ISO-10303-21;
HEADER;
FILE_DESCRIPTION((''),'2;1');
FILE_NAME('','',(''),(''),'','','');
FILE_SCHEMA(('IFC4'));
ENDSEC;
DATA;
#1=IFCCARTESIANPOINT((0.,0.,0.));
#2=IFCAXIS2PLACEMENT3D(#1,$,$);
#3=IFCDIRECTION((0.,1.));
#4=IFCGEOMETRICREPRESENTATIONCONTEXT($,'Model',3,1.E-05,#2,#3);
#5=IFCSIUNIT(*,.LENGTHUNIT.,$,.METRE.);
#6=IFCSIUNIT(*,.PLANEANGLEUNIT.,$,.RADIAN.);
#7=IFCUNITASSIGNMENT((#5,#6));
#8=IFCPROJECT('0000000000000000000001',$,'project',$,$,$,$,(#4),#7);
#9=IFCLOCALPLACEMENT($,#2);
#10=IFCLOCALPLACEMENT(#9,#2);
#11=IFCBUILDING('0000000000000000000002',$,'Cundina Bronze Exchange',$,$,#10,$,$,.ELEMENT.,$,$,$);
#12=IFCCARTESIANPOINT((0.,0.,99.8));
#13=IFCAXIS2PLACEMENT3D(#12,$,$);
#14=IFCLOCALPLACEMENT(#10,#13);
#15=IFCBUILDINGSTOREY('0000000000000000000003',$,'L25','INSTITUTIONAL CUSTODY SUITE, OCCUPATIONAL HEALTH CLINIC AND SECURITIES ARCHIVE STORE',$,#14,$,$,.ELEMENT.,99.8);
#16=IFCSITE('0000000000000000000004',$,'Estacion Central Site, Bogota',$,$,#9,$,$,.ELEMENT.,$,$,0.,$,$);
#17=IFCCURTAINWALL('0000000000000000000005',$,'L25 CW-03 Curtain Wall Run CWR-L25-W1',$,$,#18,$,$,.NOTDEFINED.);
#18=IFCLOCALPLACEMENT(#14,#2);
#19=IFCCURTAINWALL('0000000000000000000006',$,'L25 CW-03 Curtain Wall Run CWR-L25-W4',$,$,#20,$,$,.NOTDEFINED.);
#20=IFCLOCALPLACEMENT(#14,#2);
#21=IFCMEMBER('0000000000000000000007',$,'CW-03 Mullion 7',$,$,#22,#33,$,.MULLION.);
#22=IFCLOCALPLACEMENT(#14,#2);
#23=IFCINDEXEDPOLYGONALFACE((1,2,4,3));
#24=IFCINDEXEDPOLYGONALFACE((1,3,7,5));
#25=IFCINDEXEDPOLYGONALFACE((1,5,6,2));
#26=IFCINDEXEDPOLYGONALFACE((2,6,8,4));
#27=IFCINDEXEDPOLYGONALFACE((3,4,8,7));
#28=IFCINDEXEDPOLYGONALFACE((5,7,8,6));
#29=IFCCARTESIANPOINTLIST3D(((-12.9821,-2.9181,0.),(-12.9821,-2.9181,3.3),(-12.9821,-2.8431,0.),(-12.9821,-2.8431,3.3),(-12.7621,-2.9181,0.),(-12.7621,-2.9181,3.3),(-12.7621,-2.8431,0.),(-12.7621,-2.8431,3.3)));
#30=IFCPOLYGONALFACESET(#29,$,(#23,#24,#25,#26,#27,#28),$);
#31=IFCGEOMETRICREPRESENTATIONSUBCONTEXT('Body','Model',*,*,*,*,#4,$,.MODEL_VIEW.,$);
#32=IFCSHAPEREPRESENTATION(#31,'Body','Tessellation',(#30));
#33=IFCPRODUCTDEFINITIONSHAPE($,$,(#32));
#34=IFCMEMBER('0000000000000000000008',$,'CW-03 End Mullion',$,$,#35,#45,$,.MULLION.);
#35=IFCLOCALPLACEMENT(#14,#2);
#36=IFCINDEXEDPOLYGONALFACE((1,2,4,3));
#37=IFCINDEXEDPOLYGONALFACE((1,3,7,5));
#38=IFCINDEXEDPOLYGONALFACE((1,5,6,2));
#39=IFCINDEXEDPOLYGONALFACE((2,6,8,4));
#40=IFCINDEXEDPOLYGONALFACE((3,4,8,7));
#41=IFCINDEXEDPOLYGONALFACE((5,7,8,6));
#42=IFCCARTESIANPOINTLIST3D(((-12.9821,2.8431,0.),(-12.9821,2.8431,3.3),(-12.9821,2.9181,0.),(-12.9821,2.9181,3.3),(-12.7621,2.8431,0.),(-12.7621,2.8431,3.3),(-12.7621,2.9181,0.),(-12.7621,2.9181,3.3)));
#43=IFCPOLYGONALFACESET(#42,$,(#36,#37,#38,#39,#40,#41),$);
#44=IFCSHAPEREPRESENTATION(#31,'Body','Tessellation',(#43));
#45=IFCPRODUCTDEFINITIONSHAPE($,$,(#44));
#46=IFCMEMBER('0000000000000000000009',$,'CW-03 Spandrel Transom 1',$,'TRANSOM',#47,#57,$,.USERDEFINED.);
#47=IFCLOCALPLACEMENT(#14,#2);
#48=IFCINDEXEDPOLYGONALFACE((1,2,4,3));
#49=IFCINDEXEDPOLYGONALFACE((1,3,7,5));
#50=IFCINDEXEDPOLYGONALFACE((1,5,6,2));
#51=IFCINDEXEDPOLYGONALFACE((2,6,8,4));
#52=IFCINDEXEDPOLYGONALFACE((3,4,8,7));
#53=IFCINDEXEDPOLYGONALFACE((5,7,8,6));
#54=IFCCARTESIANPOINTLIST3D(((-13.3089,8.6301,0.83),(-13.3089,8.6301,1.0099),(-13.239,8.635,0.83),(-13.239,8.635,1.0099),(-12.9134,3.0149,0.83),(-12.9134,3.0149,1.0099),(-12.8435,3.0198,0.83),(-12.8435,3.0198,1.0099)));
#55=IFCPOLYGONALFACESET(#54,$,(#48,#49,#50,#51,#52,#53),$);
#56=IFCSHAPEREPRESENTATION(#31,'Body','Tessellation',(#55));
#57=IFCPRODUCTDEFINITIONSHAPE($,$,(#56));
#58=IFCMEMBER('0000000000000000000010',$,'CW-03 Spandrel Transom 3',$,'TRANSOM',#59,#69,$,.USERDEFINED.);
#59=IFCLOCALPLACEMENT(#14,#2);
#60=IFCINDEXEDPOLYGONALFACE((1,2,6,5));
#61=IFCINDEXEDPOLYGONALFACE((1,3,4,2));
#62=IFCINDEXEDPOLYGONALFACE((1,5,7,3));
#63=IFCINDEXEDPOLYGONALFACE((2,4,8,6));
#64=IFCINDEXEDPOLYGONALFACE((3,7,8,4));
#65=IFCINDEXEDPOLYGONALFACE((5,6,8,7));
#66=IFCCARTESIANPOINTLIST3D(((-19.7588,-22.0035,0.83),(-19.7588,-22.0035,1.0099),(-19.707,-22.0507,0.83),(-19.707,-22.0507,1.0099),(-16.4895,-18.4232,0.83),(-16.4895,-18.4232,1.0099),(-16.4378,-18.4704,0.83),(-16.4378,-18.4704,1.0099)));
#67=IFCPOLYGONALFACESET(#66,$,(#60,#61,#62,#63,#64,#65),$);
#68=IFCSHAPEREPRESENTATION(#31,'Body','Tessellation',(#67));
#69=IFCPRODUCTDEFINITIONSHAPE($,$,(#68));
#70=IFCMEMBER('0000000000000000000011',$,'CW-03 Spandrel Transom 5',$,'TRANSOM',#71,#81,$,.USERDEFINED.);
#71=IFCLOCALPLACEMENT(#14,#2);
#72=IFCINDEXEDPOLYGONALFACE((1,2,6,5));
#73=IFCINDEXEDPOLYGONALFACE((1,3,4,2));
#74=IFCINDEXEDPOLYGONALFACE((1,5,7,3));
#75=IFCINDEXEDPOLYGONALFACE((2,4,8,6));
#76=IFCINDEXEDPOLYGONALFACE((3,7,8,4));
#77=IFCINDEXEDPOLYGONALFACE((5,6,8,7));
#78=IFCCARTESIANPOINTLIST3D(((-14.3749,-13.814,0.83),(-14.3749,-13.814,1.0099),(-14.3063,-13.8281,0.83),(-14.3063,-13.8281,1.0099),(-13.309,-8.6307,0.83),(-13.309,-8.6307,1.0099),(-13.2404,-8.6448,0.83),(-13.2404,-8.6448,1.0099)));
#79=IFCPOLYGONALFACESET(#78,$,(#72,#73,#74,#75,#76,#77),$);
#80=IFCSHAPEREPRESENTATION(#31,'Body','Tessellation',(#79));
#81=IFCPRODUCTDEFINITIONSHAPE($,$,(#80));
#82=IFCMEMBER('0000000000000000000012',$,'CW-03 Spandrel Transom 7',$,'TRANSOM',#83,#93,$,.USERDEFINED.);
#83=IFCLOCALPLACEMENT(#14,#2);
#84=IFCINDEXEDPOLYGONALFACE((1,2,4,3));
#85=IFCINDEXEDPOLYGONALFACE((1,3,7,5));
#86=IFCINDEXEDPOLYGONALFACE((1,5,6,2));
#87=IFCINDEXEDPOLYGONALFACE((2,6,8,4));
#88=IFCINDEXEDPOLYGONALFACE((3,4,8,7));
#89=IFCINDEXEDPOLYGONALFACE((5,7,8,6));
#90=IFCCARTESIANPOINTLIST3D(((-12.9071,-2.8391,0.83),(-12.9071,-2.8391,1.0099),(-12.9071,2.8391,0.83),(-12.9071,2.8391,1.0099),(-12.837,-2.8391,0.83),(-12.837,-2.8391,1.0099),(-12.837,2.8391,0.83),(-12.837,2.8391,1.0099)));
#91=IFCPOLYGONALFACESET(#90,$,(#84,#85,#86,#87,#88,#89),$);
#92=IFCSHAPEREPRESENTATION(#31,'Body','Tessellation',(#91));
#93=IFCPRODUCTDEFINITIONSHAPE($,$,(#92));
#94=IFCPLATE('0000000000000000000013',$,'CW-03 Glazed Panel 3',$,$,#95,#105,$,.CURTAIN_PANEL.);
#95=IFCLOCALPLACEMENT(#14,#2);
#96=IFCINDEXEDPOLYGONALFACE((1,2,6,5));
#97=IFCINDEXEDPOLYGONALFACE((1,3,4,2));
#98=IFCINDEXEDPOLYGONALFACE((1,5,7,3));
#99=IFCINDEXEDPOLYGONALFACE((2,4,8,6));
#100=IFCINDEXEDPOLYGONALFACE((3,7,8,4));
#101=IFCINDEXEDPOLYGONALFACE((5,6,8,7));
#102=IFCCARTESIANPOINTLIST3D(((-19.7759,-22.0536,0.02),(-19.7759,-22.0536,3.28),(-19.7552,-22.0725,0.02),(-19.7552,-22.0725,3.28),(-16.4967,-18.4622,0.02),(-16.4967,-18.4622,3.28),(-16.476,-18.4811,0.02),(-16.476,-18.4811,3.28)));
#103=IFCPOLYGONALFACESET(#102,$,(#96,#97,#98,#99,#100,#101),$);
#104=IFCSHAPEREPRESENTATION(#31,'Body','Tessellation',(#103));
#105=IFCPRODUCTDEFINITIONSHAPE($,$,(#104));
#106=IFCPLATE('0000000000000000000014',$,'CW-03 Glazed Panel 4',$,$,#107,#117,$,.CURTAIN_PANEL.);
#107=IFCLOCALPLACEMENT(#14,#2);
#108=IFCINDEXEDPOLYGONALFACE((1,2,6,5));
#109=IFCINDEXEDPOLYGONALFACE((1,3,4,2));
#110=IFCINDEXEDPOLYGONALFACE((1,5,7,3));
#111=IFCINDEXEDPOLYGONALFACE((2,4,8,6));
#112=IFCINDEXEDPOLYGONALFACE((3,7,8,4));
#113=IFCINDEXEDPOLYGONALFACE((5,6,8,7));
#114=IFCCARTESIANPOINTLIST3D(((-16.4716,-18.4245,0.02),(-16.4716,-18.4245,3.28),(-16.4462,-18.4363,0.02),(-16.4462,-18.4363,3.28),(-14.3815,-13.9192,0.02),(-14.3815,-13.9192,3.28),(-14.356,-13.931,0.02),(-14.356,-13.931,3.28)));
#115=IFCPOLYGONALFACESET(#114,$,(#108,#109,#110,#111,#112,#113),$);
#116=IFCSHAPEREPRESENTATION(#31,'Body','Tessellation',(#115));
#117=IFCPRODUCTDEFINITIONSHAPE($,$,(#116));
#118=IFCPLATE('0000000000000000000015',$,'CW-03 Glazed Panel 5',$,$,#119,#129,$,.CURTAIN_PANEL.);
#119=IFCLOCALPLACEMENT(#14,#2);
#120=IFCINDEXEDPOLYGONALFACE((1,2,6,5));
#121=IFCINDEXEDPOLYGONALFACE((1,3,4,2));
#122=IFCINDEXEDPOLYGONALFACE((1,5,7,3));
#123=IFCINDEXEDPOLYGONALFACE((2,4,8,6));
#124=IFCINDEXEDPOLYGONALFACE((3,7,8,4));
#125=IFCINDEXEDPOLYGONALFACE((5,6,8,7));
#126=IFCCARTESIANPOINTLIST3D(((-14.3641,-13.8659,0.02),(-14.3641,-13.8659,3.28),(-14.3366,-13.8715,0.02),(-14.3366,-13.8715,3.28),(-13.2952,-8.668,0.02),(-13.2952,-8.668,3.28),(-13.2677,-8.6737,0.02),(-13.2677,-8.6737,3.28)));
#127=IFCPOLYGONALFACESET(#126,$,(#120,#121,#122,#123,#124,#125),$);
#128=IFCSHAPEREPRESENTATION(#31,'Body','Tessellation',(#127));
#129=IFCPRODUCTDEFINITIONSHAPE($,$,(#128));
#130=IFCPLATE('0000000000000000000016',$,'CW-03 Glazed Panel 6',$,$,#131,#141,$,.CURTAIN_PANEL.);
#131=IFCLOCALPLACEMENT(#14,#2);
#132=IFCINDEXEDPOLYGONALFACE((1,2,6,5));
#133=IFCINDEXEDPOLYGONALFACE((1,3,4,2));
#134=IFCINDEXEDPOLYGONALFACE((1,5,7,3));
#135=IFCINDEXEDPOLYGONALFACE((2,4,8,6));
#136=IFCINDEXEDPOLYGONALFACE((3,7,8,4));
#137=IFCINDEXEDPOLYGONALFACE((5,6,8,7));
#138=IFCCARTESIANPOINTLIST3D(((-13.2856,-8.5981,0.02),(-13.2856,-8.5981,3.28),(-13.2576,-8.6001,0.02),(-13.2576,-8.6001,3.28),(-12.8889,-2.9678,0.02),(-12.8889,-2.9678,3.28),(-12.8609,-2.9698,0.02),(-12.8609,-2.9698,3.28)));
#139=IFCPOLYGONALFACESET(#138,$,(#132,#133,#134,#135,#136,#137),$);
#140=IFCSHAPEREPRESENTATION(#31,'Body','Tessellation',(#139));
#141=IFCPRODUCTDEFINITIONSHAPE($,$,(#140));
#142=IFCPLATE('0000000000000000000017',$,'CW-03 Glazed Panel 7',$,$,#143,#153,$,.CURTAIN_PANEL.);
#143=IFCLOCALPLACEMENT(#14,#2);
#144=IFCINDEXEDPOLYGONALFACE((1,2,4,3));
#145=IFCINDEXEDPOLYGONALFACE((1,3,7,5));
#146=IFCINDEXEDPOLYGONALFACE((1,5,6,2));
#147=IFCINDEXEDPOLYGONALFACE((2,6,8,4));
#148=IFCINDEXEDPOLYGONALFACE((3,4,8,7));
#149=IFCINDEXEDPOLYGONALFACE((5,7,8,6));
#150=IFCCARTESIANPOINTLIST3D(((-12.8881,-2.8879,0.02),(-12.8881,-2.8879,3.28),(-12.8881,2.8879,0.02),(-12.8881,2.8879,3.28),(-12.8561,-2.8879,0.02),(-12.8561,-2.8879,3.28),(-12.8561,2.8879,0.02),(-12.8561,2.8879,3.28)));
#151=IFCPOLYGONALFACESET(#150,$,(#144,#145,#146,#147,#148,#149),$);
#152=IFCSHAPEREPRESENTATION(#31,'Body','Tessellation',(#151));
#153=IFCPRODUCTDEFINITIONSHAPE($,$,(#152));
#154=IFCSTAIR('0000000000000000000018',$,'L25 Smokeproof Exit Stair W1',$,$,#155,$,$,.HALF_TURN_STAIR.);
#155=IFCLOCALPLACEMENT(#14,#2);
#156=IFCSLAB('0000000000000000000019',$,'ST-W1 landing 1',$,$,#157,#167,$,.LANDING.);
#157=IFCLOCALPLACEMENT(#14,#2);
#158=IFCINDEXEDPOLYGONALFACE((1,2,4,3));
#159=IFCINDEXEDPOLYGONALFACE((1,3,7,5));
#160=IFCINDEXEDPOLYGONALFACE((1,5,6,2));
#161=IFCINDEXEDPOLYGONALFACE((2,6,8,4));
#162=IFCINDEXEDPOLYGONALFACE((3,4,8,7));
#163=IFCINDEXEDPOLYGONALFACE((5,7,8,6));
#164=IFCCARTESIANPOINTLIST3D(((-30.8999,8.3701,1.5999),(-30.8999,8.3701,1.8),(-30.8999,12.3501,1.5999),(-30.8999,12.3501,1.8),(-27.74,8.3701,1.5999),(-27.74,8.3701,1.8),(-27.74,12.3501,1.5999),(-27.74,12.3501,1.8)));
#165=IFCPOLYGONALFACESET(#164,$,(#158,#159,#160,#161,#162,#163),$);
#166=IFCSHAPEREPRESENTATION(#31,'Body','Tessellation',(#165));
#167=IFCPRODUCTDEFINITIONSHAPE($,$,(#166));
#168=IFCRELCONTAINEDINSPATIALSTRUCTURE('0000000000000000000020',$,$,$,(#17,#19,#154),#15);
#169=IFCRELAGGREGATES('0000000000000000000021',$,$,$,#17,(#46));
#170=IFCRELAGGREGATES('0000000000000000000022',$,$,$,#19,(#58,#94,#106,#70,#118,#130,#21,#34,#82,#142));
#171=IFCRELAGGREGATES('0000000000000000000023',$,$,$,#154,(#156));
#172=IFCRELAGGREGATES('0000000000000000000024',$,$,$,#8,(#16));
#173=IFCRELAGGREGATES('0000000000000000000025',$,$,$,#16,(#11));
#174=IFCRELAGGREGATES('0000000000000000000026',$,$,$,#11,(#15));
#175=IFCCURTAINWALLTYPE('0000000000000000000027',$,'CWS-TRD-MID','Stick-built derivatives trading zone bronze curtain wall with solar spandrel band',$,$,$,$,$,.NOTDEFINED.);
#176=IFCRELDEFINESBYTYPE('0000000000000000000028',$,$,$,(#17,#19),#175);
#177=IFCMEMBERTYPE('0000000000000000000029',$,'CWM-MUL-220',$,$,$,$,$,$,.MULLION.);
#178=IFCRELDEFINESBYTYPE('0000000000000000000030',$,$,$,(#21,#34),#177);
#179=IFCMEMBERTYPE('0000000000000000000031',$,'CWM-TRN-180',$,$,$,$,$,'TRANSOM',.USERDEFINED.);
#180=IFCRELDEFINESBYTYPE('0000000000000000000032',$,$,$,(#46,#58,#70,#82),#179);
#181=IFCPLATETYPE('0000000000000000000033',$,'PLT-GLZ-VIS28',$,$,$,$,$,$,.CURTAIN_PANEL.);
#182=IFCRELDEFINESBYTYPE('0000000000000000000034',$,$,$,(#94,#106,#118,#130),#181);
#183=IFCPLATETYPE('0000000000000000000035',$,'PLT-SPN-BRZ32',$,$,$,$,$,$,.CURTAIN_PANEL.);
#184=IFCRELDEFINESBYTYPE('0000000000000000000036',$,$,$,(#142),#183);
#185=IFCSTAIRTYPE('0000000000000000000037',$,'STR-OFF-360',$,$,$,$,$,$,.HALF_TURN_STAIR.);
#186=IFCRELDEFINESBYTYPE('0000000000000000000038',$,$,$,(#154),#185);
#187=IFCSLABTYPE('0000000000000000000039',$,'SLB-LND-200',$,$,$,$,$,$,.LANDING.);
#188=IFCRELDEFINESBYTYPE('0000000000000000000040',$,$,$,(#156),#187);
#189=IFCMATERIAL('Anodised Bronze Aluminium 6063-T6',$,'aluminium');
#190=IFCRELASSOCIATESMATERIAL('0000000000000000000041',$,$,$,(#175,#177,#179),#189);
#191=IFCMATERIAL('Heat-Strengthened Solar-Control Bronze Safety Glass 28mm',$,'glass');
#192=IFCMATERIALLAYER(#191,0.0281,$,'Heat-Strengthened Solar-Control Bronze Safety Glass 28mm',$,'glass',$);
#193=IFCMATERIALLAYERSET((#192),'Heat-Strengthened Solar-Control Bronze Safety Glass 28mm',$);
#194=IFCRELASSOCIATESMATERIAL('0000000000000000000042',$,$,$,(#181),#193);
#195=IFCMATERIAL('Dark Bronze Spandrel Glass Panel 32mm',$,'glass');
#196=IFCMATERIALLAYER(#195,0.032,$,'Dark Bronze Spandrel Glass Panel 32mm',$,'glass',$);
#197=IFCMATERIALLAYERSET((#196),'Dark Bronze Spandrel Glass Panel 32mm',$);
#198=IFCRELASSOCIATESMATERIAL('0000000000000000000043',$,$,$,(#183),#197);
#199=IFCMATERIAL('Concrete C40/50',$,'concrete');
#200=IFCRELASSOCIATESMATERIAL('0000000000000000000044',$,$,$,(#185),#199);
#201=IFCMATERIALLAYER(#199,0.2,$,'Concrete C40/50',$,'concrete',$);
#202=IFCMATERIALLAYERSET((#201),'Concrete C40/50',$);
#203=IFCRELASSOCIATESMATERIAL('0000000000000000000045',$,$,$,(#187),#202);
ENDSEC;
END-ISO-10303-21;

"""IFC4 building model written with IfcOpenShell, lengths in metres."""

from ifc_helpers import new_model, si_unit, direction, frame, origin, origin_2d, place, context, subcontext, project, spatial, polyline, rectangle, outline, extrude, material, layer, layer_set, material_profile, profile_set, type_object, element, aggregate, save


model = new_model("IFC4")

# Units and contexts
model_context = context("Model", 3, precision=1e-05, world=origin(), true_north=direction((0.0, 1.0)))
body_context = subcontext(model_context, "Body", "Model", "MODEL_VIEW")
ifc_project = project(units=[si_unit("LENGTHUNIT", "METRE"), si_unit("PLANEANGLEUNIT", "RADIAN")], contexts=[model_context])

# Site, building, storey
site_placement = place(None, origin())
site = spatial("IfcSite", under=ifc_project, at=site_placement, Name="Estacion Central Site, Bogota", CompositionType="ELEMENT", RefElevation=0.0)
building_placement = place(site_placement, origin())
building = spatial("IfcBuilding", under=site, at=building_placement, Name="Cundina Bronze Exchange", CompositionType="ELEMENT")
storey_placement = place(building_placement, frame((0.0, 0.0, 99.8)))
storey = spatial("IfcBuildingStorey", under=building, at=storey_placement, Name="L25", Description="INSTITUTIONAL CUSTODY SUITE, OCCUPATIONAL HEALTH CLINIC AND SECURITIES ARCHIVE STORE", CompositionType="ELEMENT", Elevation=99.8)

# Curtain wall
ifc_material_1 = material(Name="Anodised Bronze Aluminium 6063-T6", Category="aluminium")
curtain_wall_type = type_object("IfcCurtainWallType", Name="CWS-TRD-MID", Description="Stick-built derivatives trading zone bronze curtain wall with solar spandrel band", PredefinedType="NOTDEFINED", material=ifc_material_1)
curtain_wall_1_placement = place(storey_placement, origin())
curtain_wall_1 = element("IfcCurtainWall", 1, at=curtain_wall_1_placement, inside=storey, type_object=curtain_wall_type, Name="L25 CW-03 Curtain Wall Run CWR-L25-W1", PredefinedType="NOTDEFINED")
ifc_material_profile_1 = material_profile(ifc_material_1, rectangle(XDim=0.075, YDim=0.22, at=origin_2d()), Name="AL75X220", Category="aluminium")
ifc_profile_set_1 = profile_set([ifc_material_profile_1], Name="Anodised Bronze Aluminium 6063-T6")
member_type_1 = type_object("IfcMemberType", Name="CWM-MUL-220", PredefinedType="MULLION", material=ifc_profile_set_1)

# Curtain wall, members
curtain_wall_2_placement = place(storey_placement, origin())
curtain_wall_2 = element("IfcCurtainWall", 2, at=curtain_wall_2_placement, inside=storey, type_object=curtain_wall_type, Name="L25 CW-03 Curtain Wall Run CWR-L25-W4", PredefinedType="NOTDEFINED")
member_1_placement = place(storey_placement, frame((-12.8721, -2.8806, 0.0), z_axis=(0.0, 0.0, 1.0), x_axis=(0.0, 1.0, 0.0)))
member_1 = element("IfcMember", 3, at=member_1_placement, type_object=member_type_1, Name="CW-03 Mullion 7", PredefinedType="MULLION", context=body_context, shape_type="SweptSolid", body=[
    extrude(rectangle(XDim=0.075, YDim=0.22, at=origin_2d()), origin(), (0.0, 0.0, 1.0), 3.3),
])
member_2_placement = place(storey_placement, frame((-12.8721, 2.8806, 0.0), z_axis=(0.0, 0.0, 1.0), x_axis=(0.0, 1.0, 0.0)))
member_2 = element("IfcMember", 4, at=member_2_placement, type_object=member_type_1, Name="CW-03 End Mullion", PredefinedType="MULLION", context=body_context, shape_type="SweptSolid", body=[
    extrude(rectangle(XDim=0.075, YDim=0.22, at=origin_2d()), origin(), (0.0, 0.0, 1.0), 3.3),
])

# Members
ifc_material_profile_2 = material_profile(ifc_material_1, rectangle(XDim=0.0701, YDim=0.1799, at=origin_2d()), Name="AL70X180", Category="aluminium")
ifc_profile_set_2 = profile_set([ifc_material_profile_2], Name="Anodised Bronze Aluminium 6063-T6")
member_type_2 = type_object("IfcMemberType", Name="CWM-TRN-180", ElementType="TRANSOM", PredefinedType="USERDEFINED", material=ifc_profile_set_2)
member_3_placement = place(storey_placement, frame((-12.8784, 3.0173, 0.9199), z_axis=(-0.070261, 0.997529, 0.0), x_axis=(-0.997529, -0.070261, 0.0)))
member_3 = element("IfcMember", 5, at=member_3_placement, type_object=member_type_2, Name="CW-03 Spandrel Transom 1", ObjectType="TRANSOM", PredefinedType="USERDEFINED", context=body_context, shape_type="SweptSolid", body=[
    extrude(rectangle(XDim=0.0701, YDim=0.1799, at=origin_2d()), origin(), (0.0, 0.0, 1.0), 5.6292),
])
aggregate(curtain_wall_1, [member_3])
member_4_placement = place(storey_placement, frame((-19.7329, -22.0271, 0.9199), z_axis=(0.674303, 0.738455, 0.0), x_axis=(-0.738455, 0.674303, 0.0)))
member_4 = element("IfcMember", 6, at=member_4_placement, type_object=member_type_2, Name="CW-03 Spandrel Transom 3", ObjectType="TRANSOM", PredefinedType="USERDEFINED", context=body_context, shape_type="SweptSolid", body=[
    extrude(rectangle(XDim=0.0701, YDim=0.1799, at=origin_2d()), origin(), (0.0, 0.0, 1.0), 4.8484),
])
member_5_placement = place(storey_placement, frame((-14.3406, -13.821, 0.9199), z_axis=(0.201428, 0.979503, 0.0), x_axis=(-0.979503, 0.201428, 0.0)))
member_5 = element("IfcMember", 7, at=member_5_placement, type_object=member_type_2, Name="CW-03 Spandrel Transom 5", ObjectType="TRANSOM", PredefinedType="USERDEFINED", context=body_context, shape_type="SweptSolid", body=[
    extrude(rectangle(XDim=0.0701, YDim=0.1799, at=origin_2d()), origin(), (0.0, 0.0, 1.0), 5.2917),
])
member_6_placement = place(storey_placement, frame((-12.8721, -2.8391, 0.9199), z_axis=(0.0, 1.0, 0.0), x_axis=(-1.0, 0.0, 0.0)))
member_6 = element("IfcMember", 8, at=member_6_placement, type_object=member_type_2, Name="CW-03 Spandrel Transom 7", ObjectType="TRANSOM", PredefinedType="USERDEFINED", context=body_context, shape_type="SweptSolid", body=[
    extrude(rectangle(XDim=0.0701, YDim=0.1799, at=origin_2d()), origin(), (0.0, 0.0, 1.0), 5.6782),
])

# Plates
ifc_material_2 = material(Name="Heat-Strengthened Solar-Control Bronze Safety Glass 28mm", Category="glass")
ifc_layer_1 = layer(ifc_material_2, 0.0281, Name="Heat-Strengthened Solar-Control Bronze Safety Glass 28mm", Category="glass")
ifc_layer_set_1 = layer_set([ifc_layer_1], Name="Heat-Strengthened Solar-Control Bronze Safety Glass 28mm")
plate_type_1 = type_object("IfcPlateType", Name="PLT-GLZ-VIS28", PredefinedType="CURTAIN_PANEL", material=ifc_layer_set_1)
plate_1_placement = place(storey_placement, frame((-18.126, -20.2673, 0.02), z_axis=(0.0, 0.0, 1.0), x_axis=(0.674277, 0.738479, 0.0)))
plate_1 = element("IfcPlate", 9, at=plate_1_placement, type_object=plate_type_1, Name="CW-03 Glazed Panel 3", PredefinedType="CURTAIN_PANEL", context=body_context, shape_type="SweptSolid", body=[
    extrude(rectangle(XDim=4.8633, YDim=0.0281, at=origin_2d()), origin(), (0.0, 0.0, 1.0), 3.26),
])
plate_2_placement = place(storey_placement, frame((-15.4138, -16.1777, 0.02), z_axis=(0.0, 0.0, 1.0), x_axis=(0.420846, 0.907132, 0.0)))
plate_2 = element("IfcPlate", 10, at=plate_2_placement, type_object=plate_type_1, Name="CW-03 Glazed Panel 4", PredefinedType="CURTAIN_PANEL", context=body_context, shape_type="SweptSolid", body=[
    extrude(rectangle(XDim=4.9666, YDim=0.0281, at=origin_2d()), origin(), (0.0, 0.0, 1.0), 3.26),
])
plate_3_placement = place(storey_placement, frame((-13.8159, -11.2698, 0.02), z_axis=(0.0, 0.0, 1.0), x_axis=(0.20142, 0.979505, 0.0)))
plate_3 = element("IfcPlate", 11, at=plate_3_placement, type_object=plate_type_1, Name="CW-03 Glazed Panel 5", PredefinedType="CURTAIN_PANEL", context=body_context, shape_type="SweptSolid", body=[
    extrude(rectangle(XDim=5.3066, YDim=0.0281, at=origin_2d()), origin(), (0.0, 0.0, 1.0), 3.26),
])
plate_4_placement = place(storey_placement, frame((-13.0732, -5.7839, 0.02), z_axis=(0.0, 0.0, 1.0), x_axis=(0.070279, 0.997527, 0.0)))
plate_4 = element("IfcPlate", 12, at=plate_4_placement, type_object=plate_type_1, Name="CW-03 Glazed Panel 6", PredefinedType="CURTAIN_PANEL", context=body_context, shape_type="SweptSolid", body=[
    extrude(rectangle(XDim=5.6443, YDim=0.0281, at=origin_2d()), origin(), (0.0, 0.0, 1.0), 3.26),
])
ifc_material_3 = material(Name="Dark Bronze Spandrel Glass Panel 32mm", Category="glass")
ifc_layer_2 = layer(ifc_material_3, 0.032, Name="Dark Bronze Spandrel Glass Panel 32mm", Category="glass")
ifc_layer_set_2 = layer_set([ifc_layer_2], Name="Dark Bronze Spandrel Glass Panel 32mm")
plate_type_2 = type_object("IfcPlateType", Name="PLT-SPN-BRZ32", PredefinedType="CURTAIN_PANEL", material=ifc_layer_set_2)
plate_5_placement = place(storey_placement, frame((-12.8721, 0.0, 0.02), z_axis=(0.0, 0.0, 1.0), x_axis=(0.0, 1.0, 0.0)))
plate_5 = element("IfcPlate", 13, at=plate_5_placement, type_object=plate_type_2, Name="CW-03 Glazed Panel 7", PredefinedType="CURTAIN_PANEL", context=body_context, shape_type="SweptSolid", body=[
    extrude(rectangle(XDim=5.7759, YDim=0.032, at=origin_2d()), origin(), (0.0, 0.0, 1.0), 3.26),
])
aggregate(curtain_wall_2, [member_4, plate_1, plate_2, member_5, plate_3, plate_4, member_1, member_2, member_6, plate_5])

# Stair, slab
ifc_material_4 = material(Name="Concrete C40/50", Category="concrete")
stair_type = type_object("IfcStairType", Name="STR-OFF-360", PredefinedType="HALF_TURN_STAIR", material=ifc_material_4)
stair_placement = place(storey_placement, origin())
stair = element("IfcStair", 14, at=stair_placement, inside=storey, type_object=stair_type, Name="L25 Smokeproof Exit Stair W1", PredefinedType="HALF_TURN_STAIR")
ifc_layer_3 = layer(ifc_material_4, 0.2, Name="Concrete C40/50", Category="concrete")
ifc_layer_set_3 = layer_set([ifc_layer_3], Name="Concrete C40/50")
slab_type_1 = type_object("IfcSlabType", Name="SLB-LND-200", PredefinedType="LANDING", material=ifc_layer_set_3)
slab_1_placement = place(storey_placement, frame((0.0, 0.0, 1.5999)))
slab_1 = element("IfcSlab", 15, at=slab_1_placement, type_object=slab_type_1, Name="ST-W1 landing 1", PredefinedType="LANDING", context=body_context, shape_type="SweptSolid", body=[
    extrude(outline(polyline([(-27.74, 8.3701), (-27.74, 12.3501), (-30.8999, 12.3501), (-30.8999, 8.3701), (-27.74, 8.3701)])), origin(), (0.0, 0.0, 1.0), 0.2002),
])
aggregate(stair, [slab_1])

save(model, "model.ifc")
